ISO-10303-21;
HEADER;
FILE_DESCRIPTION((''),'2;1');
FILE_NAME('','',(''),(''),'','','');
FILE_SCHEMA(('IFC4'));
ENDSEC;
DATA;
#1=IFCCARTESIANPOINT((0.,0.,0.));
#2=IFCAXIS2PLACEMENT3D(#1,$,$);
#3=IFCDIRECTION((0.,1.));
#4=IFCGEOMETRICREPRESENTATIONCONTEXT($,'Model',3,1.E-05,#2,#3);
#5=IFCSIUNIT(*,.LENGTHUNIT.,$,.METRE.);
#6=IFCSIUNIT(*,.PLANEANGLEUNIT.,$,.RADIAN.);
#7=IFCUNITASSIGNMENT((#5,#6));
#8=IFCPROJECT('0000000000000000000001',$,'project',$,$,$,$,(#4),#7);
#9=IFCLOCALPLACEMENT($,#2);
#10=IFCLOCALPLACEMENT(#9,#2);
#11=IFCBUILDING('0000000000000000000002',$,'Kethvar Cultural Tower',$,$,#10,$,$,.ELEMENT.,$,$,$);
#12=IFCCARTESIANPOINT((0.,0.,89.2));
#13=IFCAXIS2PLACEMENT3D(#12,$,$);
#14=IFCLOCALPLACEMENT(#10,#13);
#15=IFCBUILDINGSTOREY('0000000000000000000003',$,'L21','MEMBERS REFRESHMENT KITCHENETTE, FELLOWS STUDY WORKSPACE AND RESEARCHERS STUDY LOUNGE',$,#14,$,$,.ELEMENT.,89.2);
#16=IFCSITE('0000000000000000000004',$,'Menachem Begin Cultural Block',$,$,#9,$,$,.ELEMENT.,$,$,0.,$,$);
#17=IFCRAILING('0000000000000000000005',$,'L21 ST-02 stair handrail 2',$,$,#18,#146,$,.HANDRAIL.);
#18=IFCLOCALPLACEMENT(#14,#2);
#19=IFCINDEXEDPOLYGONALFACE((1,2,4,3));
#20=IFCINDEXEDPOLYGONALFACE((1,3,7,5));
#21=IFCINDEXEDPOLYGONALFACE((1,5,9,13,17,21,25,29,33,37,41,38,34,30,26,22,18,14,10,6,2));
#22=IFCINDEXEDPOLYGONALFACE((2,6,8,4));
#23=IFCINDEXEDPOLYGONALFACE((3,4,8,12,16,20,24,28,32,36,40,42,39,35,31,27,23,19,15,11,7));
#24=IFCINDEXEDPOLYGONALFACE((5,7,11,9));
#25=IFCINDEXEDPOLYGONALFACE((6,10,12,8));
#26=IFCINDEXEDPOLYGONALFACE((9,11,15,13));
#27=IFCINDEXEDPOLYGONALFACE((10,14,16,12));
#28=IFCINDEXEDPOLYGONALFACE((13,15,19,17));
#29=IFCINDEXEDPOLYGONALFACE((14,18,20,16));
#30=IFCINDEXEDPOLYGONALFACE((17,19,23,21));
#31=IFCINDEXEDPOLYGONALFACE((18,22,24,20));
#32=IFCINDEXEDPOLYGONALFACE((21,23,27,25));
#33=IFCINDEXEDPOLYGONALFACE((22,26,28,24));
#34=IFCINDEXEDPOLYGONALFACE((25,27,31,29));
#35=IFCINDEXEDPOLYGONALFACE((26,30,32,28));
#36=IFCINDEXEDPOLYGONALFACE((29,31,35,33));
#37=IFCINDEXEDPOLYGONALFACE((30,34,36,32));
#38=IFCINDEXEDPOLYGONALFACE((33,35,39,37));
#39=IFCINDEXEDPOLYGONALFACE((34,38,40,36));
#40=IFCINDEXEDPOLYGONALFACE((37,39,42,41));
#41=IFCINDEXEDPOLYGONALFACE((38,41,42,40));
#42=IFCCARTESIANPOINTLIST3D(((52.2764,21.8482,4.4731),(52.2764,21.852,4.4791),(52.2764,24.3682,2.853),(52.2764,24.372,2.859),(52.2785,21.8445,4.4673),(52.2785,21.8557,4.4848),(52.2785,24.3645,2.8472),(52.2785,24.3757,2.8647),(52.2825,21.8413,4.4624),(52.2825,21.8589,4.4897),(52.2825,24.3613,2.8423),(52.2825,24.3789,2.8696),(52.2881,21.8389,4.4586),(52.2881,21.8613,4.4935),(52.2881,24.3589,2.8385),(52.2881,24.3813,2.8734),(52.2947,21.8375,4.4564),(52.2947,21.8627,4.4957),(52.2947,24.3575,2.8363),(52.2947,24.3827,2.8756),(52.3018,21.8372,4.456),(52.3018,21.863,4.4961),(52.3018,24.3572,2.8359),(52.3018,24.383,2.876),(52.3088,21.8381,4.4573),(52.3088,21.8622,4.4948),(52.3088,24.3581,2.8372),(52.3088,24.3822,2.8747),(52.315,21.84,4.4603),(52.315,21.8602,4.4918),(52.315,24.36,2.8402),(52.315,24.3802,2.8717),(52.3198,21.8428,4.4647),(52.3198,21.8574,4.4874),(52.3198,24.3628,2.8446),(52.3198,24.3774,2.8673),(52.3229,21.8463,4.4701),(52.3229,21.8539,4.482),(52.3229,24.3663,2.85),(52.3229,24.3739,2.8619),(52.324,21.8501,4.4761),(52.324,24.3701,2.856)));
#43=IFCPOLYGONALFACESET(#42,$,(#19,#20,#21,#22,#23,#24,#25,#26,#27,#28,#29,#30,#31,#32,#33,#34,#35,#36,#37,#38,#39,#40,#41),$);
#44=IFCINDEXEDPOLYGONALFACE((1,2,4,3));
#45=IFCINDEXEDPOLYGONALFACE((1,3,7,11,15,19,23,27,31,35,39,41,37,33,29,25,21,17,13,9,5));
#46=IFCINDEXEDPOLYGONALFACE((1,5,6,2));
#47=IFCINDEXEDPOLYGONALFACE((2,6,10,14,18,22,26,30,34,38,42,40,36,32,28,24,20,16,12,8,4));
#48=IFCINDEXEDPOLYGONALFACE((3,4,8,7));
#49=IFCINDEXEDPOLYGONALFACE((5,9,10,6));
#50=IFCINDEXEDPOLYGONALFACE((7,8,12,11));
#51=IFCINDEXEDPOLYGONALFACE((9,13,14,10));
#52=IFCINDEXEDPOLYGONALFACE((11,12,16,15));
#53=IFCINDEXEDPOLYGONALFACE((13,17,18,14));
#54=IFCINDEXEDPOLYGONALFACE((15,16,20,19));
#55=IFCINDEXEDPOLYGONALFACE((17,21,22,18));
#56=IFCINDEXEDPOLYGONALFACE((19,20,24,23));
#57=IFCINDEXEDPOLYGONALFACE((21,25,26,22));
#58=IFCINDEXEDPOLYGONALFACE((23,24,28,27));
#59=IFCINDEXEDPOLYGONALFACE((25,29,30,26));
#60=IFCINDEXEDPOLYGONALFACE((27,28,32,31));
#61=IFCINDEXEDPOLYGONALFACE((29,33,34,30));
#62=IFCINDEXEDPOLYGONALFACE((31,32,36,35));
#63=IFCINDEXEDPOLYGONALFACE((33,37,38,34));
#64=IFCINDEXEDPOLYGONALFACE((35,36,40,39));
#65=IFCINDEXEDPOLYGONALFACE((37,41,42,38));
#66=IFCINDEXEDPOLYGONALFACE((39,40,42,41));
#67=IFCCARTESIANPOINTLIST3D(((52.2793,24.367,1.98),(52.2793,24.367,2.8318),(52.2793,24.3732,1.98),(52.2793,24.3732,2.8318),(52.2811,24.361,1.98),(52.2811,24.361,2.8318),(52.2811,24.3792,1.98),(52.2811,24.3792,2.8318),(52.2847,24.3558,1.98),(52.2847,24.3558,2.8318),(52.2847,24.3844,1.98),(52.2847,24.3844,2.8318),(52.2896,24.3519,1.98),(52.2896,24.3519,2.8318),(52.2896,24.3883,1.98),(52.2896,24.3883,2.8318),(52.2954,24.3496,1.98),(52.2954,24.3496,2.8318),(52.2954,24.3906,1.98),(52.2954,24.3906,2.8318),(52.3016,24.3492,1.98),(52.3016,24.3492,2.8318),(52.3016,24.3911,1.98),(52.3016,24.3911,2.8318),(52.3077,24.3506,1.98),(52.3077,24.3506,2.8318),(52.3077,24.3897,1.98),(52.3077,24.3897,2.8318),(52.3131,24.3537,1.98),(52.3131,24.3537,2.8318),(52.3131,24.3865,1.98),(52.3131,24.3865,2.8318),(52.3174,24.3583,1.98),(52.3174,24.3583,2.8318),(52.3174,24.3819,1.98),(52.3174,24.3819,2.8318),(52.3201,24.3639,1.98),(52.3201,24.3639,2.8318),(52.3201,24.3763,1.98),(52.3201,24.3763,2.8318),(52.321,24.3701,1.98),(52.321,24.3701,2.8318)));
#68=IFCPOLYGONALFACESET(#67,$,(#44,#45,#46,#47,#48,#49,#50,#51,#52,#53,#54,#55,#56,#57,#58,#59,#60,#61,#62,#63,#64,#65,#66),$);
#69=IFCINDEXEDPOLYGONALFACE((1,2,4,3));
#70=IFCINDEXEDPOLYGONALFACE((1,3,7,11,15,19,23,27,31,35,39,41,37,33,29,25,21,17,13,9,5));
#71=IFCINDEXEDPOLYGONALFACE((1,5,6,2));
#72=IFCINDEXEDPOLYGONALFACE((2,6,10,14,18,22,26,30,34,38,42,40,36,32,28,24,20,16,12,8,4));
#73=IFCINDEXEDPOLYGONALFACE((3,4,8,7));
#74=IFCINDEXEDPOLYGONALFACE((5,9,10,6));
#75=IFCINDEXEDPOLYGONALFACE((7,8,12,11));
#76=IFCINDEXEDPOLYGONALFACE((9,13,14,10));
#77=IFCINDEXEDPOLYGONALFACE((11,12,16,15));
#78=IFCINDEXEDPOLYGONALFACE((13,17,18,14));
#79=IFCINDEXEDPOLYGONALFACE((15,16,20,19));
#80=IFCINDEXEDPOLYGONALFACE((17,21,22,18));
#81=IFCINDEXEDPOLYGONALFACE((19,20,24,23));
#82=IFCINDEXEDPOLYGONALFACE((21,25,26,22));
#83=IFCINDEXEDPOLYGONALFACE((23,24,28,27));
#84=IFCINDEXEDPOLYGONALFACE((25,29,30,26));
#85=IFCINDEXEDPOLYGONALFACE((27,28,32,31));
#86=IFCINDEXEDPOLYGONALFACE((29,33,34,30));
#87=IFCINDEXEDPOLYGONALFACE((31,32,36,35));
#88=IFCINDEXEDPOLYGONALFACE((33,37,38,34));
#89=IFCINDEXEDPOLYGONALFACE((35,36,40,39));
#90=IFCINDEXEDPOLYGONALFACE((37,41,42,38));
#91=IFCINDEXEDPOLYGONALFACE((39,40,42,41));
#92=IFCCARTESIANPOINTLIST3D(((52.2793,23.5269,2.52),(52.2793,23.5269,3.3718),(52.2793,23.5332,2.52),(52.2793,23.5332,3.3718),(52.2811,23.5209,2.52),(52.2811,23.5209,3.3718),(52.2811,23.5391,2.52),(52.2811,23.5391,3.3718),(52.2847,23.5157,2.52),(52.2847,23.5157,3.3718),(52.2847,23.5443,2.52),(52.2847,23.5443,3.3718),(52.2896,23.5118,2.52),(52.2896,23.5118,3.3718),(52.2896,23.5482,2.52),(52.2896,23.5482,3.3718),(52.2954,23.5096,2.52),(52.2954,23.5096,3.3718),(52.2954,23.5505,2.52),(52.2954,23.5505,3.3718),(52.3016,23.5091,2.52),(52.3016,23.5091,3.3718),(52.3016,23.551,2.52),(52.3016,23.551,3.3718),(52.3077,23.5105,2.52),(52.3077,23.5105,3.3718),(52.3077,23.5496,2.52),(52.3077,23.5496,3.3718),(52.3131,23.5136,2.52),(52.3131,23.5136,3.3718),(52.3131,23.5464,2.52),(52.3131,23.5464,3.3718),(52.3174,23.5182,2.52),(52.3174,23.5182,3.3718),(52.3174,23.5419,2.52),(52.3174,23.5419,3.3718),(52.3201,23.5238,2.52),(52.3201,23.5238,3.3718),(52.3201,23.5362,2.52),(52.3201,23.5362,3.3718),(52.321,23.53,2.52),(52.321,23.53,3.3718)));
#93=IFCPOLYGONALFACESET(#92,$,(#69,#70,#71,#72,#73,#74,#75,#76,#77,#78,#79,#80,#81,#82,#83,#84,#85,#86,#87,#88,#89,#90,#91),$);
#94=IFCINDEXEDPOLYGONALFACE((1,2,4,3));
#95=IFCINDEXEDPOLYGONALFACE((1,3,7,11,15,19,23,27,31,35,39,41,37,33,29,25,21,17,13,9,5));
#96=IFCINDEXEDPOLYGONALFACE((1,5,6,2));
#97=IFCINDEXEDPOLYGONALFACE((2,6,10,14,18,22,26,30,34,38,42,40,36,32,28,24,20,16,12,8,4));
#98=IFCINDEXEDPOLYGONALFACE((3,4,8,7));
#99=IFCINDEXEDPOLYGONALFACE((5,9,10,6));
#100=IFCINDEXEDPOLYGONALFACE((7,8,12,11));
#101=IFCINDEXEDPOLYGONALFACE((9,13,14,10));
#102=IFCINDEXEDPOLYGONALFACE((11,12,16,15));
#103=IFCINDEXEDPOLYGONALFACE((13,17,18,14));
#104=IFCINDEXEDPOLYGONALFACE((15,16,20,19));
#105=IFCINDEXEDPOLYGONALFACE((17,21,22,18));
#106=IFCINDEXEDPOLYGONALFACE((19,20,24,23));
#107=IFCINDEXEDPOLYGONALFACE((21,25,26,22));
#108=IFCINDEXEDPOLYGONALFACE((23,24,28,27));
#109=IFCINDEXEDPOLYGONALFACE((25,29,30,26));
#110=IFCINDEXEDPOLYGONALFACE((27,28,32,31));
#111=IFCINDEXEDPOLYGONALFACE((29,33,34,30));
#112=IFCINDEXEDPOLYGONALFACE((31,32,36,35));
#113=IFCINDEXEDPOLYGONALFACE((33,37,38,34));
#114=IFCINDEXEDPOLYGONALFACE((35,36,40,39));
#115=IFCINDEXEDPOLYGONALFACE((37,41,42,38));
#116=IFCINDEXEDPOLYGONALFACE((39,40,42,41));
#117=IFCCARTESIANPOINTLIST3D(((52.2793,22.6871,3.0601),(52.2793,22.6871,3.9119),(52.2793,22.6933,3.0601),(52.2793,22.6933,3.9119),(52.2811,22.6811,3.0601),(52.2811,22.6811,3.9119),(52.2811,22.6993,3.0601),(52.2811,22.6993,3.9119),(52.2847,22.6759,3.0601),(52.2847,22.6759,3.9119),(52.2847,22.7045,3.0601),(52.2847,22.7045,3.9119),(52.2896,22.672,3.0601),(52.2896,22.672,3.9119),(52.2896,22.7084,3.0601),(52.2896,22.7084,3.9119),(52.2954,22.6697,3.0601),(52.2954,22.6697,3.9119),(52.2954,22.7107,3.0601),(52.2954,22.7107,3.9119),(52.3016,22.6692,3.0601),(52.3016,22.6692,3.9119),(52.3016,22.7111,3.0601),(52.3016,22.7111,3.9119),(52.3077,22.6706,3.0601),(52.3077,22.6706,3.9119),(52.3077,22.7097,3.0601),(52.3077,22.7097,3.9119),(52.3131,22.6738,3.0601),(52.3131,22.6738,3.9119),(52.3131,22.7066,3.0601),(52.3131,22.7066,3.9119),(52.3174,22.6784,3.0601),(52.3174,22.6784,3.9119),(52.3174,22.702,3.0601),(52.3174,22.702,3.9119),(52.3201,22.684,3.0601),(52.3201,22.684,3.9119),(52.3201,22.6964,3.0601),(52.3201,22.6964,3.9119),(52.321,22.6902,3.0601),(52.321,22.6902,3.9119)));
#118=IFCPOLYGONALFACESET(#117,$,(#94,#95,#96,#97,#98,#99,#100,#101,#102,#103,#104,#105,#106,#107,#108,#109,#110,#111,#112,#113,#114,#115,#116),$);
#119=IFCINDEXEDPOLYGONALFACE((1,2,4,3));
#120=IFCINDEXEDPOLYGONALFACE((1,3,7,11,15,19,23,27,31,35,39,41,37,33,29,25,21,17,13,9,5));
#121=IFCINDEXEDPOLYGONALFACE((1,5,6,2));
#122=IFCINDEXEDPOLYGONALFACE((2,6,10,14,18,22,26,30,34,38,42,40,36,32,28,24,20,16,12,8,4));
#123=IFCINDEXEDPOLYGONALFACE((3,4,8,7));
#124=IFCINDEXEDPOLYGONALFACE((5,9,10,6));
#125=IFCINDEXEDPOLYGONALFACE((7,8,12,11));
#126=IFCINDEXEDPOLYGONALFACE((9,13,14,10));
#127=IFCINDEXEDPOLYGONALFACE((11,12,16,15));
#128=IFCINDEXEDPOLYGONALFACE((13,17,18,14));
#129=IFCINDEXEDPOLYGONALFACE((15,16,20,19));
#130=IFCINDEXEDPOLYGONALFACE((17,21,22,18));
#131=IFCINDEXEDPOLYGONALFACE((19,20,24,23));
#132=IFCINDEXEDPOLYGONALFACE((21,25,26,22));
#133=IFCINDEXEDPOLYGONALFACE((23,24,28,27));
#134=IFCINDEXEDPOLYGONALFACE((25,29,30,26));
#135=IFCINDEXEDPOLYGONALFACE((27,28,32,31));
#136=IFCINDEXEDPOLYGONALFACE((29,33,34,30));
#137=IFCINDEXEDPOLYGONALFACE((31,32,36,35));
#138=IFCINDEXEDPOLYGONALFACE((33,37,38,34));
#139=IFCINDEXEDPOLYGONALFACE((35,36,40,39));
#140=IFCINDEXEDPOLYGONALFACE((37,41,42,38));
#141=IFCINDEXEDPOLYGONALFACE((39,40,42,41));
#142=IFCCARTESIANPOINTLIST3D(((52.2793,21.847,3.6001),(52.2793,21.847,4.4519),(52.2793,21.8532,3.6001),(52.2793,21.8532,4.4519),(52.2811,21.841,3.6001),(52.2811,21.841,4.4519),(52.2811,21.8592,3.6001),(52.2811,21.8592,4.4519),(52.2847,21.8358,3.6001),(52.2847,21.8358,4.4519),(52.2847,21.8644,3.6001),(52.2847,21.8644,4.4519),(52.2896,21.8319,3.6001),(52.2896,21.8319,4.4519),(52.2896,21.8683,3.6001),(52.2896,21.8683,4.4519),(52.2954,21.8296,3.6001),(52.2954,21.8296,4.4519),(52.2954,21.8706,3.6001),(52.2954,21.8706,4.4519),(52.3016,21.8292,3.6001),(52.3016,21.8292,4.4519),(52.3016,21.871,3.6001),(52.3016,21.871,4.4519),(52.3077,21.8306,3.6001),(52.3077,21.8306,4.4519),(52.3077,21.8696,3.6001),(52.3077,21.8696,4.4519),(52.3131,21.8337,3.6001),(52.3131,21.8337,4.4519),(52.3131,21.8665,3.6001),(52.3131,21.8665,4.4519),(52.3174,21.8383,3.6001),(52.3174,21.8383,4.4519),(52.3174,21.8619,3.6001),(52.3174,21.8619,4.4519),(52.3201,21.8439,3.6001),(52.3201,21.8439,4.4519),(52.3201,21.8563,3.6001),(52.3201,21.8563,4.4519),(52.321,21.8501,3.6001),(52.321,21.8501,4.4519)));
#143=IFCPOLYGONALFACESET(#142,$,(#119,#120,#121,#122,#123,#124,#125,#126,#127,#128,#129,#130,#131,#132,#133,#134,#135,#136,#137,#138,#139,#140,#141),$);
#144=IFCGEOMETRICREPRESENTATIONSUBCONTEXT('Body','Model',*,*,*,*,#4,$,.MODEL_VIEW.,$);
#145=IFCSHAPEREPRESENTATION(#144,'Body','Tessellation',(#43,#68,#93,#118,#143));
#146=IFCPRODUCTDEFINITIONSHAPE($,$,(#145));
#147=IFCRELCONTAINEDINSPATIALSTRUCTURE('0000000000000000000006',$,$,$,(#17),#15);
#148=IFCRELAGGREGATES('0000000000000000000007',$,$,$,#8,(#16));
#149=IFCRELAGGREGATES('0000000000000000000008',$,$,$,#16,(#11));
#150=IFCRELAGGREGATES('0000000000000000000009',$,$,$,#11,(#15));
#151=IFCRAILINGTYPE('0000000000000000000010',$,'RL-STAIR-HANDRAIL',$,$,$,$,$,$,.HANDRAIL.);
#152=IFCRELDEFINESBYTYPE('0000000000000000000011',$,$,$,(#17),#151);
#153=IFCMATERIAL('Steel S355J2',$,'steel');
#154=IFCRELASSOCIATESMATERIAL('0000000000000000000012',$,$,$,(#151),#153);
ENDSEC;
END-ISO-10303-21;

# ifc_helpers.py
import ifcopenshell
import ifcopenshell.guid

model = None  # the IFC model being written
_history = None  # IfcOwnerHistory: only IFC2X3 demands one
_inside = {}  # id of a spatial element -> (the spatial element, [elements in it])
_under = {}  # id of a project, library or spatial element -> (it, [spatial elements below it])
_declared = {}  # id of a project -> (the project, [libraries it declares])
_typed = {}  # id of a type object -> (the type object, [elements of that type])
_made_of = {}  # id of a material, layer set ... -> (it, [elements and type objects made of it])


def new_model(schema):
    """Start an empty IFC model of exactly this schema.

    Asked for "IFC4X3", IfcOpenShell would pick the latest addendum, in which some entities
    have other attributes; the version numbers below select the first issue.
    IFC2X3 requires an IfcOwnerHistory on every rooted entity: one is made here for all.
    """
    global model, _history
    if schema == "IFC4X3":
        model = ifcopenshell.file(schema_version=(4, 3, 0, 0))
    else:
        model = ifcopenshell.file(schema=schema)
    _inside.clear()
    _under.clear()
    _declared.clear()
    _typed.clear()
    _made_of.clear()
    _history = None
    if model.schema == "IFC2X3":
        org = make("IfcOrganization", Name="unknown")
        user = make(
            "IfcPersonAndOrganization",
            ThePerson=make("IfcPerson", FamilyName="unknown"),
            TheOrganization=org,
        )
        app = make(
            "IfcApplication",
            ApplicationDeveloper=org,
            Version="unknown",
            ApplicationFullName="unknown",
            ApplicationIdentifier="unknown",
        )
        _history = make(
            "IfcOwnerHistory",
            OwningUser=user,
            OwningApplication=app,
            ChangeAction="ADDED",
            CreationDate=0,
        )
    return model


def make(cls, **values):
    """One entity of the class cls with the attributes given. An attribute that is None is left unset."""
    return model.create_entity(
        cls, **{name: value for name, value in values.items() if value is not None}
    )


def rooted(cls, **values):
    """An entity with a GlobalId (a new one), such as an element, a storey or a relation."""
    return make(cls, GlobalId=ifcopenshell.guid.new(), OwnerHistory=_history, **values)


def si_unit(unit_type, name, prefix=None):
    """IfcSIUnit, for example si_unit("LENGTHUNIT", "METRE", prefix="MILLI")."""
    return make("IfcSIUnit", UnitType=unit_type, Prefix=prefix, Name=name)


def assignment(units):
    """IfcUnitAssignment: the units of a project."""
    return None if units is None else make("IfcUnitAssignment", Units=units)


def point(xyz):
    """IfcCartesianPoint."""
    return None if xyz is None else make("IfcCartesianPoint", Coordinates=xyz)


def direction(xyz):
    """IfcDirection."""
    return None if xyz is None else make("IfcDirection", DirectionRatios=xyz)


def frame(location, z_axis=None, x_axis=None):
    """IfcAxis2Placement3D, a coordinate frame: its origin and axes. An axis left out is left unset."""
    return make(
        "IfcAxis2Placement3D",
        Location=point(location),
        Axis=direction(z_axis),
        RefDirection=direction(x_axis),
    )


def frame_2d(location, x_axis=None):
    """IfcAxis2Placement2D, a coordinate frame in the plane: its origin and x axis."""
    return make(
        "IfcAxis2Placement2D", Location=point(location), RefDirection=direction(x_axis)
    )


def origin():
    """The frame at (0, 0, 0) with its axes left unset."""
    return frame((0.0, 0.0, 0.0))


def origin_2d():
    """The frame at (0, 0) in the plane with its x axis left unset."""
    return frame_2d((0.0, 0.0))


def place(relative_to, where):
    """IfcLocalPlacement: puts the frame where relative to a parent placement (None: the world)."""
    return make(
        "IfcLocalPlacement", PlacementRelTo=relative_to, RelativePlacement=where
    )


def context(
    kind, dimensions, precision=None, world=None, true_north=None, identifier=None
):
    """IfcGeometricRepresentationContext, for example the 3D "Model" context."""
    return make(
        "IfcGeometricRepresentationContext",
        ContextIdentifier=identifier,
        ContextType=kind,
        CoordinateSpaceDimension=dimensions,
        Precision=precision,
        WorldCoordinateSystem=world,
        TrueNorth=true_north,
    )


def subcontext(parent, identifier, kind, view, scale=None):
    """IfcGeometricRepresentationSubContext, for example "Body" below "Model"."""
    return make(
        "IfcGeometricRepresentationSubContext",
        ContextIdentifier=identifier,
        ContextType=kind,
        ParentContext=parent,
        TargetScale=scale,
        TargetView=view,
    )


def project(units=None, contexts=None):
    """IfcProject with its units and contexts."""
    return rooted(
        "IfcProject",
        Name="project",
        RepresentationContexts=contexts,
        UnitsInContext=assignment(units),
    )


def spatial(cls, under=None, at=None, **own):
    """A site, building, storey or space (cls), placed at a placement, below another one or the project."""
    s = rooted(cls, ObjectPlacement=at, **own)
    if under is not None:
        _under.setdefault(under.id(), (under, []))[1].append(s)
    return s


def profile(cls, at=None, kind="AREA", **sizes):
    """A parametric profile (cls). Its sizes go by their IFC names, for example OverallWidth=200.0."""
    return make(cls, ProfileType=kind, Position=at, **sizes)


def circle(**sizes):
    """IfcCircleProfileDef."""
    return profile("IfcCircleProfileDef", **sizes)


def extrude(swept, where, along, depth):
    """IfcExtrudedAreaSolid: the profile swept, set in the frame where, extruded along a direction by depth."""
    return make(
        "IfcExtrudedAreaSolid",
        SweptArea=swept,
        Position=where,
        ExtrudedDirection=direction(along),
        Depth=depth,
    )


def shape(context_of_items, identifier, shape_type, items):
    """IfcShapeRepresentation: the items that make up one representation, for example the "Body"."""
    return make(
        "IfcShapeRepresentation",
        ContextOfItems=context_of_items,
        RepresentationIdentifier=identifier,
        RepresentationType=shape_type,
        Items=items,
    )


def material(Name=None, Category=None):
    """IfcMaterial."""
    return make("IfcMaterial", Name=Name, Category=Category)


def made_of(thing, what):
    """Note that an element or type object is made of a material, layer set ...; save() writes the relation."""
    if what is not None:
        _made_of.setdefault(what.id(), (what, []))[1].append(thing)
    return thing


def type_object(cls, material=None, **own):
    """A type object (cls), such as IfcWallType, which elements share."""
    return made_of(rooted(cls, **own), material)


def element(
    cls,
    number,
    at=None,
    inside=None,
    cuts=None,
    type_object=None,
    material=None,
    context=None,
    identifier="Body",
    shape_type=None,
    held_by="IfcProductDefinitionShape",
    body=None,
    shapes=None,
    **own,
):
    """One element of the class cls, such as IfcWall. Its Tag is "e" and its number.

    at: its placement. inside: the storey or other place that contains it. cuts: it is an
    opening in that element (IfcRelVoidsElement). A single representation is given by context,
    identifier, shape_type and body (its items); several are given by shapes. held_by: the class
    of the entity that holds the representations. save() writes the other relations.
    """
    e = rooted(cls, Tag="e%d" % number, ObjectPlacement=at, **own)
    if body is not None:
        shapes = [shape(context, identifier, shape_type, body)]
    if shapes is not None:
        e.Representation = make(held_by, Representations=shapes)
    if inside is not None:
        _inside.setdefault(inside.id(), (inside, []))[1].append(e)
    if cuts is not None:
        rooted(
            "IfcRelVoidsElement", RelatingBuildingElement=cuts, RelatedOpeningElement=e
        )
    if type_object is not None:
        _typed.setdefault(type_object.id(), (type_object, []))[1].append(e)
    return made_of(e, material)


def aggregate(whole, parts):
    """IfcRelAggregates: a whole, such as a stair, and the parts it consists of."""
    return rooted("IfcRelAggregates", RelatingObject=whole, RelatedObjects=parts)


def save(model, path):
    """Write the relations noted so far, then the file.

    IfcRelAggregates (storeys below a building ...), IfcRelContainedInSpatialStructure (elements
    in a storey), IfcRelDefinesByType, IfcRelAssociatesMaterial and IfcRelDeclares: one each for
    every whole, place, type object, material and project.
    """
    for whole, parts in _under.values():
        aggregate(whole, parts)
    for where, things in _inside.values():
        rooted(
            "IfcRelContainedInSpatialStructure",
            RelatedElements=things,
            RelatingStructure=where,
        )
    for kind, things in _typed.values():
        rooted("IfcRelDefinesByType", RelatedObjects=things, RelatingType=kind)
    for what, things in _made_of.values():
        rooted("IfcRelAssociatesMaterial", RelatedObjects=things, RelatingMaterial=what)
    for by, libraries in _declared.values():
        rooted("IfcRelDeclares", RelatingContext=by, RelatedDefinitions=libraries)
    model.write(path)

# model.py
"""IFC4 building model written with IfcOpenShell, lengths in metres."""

from ifc_helpers import new_model, si_unit, direction, frame, origin, origin_2d, place, context, subcontext, project, spatial, circle, extrude, material, type_object, element, save


model = new_model("IFC4")

# Units and contexts
model_context = context("Model", 3, precision=1e-05, world=origin(), true_north=direction((0.0, 1.0)))
body_context = subcontext(model_context, "Body", "Model", "MODEL_VIEW")
ifc_project = project(units=[si_unit("LENGTHUNIT", "METRE"), si_unit("PLANEANGLEUNIT", "RADIAN")], contexts=[model_context])

# Site, building, storey
site_placement = place(None, origin())
site = spatial("IfcSite", under=ifc_project, at=site_placement, Name="Menachem Begin Cultural Block", CompositionType="ELEMENT", RefElevation=0.0)
building_placement = place(site_placement, origin())
building = spatial("IfcBuilding", under=site, at=building_placement, Name="Kethvar Cultural Tower", CompositionType="ELEMENT")
storey_placement = place(building_placement, frame((0.0, 0.0, 89.2)))
storey = spatial("IfcBuildingStorey", under=building, at=storey_placement, Name="L21", Description="MEMBERS REFRESHMENT KITCHENETTE, FELLOWS STUDY WORKSPACE AND RESEARCHERS STUDY LOUNGE", CompositionType="ELEMENT", Elevation=89.2)

# Shared definitions
ifc_material_1 = material(Name="Steel S355J2", Category="steel")

# Railing
railing_type_1 = type_object("IfcRailingType", Name="RL-STAIR-HANDRAIL", PredefinedType="HANDRAIL", material=ifc_material_1)
railing_1_placement = place(storey_placement, frame((52.3, 24.3701, 1.98)))
element("IfcRailing", 1, at=railing_1_placement, inside=storey, type_object=railing_type_1, Name="L21 ST-02 stair handrail 2", PredefinedType="HANDRAIL", context=body_context, shape_type="SweptSolid", body=[
    extrude(circle(Radius=0.0239, at=origin_2d()), frame((0.0, 0.0, 0.876), z_axis=(0.0, -0.841163, 0.540782), x_axis=(1.0, 0.0, 0.0)), (0.0, 0.0, 1.0), 2.9958),
    extrude(circle(Radius=0.021, at=origin_2d()), origin(), (0.0, 0.0, 1.0), 0.8518),
    extrude(circle(Radius=0.021, at=origin_2d()), frame((0.0, -0.8401, 0.54)), (0.0, 0.0, 1.0), 0.8518),
    extrude(circle(Radius=0.021, at=origin_2d()), frame((0.0, -1.6799, 1.0801)), (0.0, 0.0, 1.0), 0.8518),
    extrude(circle(Radius=0.021, at=origin_2d()), frame((0.0, -2.52, 1.6201)), (0.0, 0.0, 1.0), 0.8518),
])

save(model, "model.ifc")
